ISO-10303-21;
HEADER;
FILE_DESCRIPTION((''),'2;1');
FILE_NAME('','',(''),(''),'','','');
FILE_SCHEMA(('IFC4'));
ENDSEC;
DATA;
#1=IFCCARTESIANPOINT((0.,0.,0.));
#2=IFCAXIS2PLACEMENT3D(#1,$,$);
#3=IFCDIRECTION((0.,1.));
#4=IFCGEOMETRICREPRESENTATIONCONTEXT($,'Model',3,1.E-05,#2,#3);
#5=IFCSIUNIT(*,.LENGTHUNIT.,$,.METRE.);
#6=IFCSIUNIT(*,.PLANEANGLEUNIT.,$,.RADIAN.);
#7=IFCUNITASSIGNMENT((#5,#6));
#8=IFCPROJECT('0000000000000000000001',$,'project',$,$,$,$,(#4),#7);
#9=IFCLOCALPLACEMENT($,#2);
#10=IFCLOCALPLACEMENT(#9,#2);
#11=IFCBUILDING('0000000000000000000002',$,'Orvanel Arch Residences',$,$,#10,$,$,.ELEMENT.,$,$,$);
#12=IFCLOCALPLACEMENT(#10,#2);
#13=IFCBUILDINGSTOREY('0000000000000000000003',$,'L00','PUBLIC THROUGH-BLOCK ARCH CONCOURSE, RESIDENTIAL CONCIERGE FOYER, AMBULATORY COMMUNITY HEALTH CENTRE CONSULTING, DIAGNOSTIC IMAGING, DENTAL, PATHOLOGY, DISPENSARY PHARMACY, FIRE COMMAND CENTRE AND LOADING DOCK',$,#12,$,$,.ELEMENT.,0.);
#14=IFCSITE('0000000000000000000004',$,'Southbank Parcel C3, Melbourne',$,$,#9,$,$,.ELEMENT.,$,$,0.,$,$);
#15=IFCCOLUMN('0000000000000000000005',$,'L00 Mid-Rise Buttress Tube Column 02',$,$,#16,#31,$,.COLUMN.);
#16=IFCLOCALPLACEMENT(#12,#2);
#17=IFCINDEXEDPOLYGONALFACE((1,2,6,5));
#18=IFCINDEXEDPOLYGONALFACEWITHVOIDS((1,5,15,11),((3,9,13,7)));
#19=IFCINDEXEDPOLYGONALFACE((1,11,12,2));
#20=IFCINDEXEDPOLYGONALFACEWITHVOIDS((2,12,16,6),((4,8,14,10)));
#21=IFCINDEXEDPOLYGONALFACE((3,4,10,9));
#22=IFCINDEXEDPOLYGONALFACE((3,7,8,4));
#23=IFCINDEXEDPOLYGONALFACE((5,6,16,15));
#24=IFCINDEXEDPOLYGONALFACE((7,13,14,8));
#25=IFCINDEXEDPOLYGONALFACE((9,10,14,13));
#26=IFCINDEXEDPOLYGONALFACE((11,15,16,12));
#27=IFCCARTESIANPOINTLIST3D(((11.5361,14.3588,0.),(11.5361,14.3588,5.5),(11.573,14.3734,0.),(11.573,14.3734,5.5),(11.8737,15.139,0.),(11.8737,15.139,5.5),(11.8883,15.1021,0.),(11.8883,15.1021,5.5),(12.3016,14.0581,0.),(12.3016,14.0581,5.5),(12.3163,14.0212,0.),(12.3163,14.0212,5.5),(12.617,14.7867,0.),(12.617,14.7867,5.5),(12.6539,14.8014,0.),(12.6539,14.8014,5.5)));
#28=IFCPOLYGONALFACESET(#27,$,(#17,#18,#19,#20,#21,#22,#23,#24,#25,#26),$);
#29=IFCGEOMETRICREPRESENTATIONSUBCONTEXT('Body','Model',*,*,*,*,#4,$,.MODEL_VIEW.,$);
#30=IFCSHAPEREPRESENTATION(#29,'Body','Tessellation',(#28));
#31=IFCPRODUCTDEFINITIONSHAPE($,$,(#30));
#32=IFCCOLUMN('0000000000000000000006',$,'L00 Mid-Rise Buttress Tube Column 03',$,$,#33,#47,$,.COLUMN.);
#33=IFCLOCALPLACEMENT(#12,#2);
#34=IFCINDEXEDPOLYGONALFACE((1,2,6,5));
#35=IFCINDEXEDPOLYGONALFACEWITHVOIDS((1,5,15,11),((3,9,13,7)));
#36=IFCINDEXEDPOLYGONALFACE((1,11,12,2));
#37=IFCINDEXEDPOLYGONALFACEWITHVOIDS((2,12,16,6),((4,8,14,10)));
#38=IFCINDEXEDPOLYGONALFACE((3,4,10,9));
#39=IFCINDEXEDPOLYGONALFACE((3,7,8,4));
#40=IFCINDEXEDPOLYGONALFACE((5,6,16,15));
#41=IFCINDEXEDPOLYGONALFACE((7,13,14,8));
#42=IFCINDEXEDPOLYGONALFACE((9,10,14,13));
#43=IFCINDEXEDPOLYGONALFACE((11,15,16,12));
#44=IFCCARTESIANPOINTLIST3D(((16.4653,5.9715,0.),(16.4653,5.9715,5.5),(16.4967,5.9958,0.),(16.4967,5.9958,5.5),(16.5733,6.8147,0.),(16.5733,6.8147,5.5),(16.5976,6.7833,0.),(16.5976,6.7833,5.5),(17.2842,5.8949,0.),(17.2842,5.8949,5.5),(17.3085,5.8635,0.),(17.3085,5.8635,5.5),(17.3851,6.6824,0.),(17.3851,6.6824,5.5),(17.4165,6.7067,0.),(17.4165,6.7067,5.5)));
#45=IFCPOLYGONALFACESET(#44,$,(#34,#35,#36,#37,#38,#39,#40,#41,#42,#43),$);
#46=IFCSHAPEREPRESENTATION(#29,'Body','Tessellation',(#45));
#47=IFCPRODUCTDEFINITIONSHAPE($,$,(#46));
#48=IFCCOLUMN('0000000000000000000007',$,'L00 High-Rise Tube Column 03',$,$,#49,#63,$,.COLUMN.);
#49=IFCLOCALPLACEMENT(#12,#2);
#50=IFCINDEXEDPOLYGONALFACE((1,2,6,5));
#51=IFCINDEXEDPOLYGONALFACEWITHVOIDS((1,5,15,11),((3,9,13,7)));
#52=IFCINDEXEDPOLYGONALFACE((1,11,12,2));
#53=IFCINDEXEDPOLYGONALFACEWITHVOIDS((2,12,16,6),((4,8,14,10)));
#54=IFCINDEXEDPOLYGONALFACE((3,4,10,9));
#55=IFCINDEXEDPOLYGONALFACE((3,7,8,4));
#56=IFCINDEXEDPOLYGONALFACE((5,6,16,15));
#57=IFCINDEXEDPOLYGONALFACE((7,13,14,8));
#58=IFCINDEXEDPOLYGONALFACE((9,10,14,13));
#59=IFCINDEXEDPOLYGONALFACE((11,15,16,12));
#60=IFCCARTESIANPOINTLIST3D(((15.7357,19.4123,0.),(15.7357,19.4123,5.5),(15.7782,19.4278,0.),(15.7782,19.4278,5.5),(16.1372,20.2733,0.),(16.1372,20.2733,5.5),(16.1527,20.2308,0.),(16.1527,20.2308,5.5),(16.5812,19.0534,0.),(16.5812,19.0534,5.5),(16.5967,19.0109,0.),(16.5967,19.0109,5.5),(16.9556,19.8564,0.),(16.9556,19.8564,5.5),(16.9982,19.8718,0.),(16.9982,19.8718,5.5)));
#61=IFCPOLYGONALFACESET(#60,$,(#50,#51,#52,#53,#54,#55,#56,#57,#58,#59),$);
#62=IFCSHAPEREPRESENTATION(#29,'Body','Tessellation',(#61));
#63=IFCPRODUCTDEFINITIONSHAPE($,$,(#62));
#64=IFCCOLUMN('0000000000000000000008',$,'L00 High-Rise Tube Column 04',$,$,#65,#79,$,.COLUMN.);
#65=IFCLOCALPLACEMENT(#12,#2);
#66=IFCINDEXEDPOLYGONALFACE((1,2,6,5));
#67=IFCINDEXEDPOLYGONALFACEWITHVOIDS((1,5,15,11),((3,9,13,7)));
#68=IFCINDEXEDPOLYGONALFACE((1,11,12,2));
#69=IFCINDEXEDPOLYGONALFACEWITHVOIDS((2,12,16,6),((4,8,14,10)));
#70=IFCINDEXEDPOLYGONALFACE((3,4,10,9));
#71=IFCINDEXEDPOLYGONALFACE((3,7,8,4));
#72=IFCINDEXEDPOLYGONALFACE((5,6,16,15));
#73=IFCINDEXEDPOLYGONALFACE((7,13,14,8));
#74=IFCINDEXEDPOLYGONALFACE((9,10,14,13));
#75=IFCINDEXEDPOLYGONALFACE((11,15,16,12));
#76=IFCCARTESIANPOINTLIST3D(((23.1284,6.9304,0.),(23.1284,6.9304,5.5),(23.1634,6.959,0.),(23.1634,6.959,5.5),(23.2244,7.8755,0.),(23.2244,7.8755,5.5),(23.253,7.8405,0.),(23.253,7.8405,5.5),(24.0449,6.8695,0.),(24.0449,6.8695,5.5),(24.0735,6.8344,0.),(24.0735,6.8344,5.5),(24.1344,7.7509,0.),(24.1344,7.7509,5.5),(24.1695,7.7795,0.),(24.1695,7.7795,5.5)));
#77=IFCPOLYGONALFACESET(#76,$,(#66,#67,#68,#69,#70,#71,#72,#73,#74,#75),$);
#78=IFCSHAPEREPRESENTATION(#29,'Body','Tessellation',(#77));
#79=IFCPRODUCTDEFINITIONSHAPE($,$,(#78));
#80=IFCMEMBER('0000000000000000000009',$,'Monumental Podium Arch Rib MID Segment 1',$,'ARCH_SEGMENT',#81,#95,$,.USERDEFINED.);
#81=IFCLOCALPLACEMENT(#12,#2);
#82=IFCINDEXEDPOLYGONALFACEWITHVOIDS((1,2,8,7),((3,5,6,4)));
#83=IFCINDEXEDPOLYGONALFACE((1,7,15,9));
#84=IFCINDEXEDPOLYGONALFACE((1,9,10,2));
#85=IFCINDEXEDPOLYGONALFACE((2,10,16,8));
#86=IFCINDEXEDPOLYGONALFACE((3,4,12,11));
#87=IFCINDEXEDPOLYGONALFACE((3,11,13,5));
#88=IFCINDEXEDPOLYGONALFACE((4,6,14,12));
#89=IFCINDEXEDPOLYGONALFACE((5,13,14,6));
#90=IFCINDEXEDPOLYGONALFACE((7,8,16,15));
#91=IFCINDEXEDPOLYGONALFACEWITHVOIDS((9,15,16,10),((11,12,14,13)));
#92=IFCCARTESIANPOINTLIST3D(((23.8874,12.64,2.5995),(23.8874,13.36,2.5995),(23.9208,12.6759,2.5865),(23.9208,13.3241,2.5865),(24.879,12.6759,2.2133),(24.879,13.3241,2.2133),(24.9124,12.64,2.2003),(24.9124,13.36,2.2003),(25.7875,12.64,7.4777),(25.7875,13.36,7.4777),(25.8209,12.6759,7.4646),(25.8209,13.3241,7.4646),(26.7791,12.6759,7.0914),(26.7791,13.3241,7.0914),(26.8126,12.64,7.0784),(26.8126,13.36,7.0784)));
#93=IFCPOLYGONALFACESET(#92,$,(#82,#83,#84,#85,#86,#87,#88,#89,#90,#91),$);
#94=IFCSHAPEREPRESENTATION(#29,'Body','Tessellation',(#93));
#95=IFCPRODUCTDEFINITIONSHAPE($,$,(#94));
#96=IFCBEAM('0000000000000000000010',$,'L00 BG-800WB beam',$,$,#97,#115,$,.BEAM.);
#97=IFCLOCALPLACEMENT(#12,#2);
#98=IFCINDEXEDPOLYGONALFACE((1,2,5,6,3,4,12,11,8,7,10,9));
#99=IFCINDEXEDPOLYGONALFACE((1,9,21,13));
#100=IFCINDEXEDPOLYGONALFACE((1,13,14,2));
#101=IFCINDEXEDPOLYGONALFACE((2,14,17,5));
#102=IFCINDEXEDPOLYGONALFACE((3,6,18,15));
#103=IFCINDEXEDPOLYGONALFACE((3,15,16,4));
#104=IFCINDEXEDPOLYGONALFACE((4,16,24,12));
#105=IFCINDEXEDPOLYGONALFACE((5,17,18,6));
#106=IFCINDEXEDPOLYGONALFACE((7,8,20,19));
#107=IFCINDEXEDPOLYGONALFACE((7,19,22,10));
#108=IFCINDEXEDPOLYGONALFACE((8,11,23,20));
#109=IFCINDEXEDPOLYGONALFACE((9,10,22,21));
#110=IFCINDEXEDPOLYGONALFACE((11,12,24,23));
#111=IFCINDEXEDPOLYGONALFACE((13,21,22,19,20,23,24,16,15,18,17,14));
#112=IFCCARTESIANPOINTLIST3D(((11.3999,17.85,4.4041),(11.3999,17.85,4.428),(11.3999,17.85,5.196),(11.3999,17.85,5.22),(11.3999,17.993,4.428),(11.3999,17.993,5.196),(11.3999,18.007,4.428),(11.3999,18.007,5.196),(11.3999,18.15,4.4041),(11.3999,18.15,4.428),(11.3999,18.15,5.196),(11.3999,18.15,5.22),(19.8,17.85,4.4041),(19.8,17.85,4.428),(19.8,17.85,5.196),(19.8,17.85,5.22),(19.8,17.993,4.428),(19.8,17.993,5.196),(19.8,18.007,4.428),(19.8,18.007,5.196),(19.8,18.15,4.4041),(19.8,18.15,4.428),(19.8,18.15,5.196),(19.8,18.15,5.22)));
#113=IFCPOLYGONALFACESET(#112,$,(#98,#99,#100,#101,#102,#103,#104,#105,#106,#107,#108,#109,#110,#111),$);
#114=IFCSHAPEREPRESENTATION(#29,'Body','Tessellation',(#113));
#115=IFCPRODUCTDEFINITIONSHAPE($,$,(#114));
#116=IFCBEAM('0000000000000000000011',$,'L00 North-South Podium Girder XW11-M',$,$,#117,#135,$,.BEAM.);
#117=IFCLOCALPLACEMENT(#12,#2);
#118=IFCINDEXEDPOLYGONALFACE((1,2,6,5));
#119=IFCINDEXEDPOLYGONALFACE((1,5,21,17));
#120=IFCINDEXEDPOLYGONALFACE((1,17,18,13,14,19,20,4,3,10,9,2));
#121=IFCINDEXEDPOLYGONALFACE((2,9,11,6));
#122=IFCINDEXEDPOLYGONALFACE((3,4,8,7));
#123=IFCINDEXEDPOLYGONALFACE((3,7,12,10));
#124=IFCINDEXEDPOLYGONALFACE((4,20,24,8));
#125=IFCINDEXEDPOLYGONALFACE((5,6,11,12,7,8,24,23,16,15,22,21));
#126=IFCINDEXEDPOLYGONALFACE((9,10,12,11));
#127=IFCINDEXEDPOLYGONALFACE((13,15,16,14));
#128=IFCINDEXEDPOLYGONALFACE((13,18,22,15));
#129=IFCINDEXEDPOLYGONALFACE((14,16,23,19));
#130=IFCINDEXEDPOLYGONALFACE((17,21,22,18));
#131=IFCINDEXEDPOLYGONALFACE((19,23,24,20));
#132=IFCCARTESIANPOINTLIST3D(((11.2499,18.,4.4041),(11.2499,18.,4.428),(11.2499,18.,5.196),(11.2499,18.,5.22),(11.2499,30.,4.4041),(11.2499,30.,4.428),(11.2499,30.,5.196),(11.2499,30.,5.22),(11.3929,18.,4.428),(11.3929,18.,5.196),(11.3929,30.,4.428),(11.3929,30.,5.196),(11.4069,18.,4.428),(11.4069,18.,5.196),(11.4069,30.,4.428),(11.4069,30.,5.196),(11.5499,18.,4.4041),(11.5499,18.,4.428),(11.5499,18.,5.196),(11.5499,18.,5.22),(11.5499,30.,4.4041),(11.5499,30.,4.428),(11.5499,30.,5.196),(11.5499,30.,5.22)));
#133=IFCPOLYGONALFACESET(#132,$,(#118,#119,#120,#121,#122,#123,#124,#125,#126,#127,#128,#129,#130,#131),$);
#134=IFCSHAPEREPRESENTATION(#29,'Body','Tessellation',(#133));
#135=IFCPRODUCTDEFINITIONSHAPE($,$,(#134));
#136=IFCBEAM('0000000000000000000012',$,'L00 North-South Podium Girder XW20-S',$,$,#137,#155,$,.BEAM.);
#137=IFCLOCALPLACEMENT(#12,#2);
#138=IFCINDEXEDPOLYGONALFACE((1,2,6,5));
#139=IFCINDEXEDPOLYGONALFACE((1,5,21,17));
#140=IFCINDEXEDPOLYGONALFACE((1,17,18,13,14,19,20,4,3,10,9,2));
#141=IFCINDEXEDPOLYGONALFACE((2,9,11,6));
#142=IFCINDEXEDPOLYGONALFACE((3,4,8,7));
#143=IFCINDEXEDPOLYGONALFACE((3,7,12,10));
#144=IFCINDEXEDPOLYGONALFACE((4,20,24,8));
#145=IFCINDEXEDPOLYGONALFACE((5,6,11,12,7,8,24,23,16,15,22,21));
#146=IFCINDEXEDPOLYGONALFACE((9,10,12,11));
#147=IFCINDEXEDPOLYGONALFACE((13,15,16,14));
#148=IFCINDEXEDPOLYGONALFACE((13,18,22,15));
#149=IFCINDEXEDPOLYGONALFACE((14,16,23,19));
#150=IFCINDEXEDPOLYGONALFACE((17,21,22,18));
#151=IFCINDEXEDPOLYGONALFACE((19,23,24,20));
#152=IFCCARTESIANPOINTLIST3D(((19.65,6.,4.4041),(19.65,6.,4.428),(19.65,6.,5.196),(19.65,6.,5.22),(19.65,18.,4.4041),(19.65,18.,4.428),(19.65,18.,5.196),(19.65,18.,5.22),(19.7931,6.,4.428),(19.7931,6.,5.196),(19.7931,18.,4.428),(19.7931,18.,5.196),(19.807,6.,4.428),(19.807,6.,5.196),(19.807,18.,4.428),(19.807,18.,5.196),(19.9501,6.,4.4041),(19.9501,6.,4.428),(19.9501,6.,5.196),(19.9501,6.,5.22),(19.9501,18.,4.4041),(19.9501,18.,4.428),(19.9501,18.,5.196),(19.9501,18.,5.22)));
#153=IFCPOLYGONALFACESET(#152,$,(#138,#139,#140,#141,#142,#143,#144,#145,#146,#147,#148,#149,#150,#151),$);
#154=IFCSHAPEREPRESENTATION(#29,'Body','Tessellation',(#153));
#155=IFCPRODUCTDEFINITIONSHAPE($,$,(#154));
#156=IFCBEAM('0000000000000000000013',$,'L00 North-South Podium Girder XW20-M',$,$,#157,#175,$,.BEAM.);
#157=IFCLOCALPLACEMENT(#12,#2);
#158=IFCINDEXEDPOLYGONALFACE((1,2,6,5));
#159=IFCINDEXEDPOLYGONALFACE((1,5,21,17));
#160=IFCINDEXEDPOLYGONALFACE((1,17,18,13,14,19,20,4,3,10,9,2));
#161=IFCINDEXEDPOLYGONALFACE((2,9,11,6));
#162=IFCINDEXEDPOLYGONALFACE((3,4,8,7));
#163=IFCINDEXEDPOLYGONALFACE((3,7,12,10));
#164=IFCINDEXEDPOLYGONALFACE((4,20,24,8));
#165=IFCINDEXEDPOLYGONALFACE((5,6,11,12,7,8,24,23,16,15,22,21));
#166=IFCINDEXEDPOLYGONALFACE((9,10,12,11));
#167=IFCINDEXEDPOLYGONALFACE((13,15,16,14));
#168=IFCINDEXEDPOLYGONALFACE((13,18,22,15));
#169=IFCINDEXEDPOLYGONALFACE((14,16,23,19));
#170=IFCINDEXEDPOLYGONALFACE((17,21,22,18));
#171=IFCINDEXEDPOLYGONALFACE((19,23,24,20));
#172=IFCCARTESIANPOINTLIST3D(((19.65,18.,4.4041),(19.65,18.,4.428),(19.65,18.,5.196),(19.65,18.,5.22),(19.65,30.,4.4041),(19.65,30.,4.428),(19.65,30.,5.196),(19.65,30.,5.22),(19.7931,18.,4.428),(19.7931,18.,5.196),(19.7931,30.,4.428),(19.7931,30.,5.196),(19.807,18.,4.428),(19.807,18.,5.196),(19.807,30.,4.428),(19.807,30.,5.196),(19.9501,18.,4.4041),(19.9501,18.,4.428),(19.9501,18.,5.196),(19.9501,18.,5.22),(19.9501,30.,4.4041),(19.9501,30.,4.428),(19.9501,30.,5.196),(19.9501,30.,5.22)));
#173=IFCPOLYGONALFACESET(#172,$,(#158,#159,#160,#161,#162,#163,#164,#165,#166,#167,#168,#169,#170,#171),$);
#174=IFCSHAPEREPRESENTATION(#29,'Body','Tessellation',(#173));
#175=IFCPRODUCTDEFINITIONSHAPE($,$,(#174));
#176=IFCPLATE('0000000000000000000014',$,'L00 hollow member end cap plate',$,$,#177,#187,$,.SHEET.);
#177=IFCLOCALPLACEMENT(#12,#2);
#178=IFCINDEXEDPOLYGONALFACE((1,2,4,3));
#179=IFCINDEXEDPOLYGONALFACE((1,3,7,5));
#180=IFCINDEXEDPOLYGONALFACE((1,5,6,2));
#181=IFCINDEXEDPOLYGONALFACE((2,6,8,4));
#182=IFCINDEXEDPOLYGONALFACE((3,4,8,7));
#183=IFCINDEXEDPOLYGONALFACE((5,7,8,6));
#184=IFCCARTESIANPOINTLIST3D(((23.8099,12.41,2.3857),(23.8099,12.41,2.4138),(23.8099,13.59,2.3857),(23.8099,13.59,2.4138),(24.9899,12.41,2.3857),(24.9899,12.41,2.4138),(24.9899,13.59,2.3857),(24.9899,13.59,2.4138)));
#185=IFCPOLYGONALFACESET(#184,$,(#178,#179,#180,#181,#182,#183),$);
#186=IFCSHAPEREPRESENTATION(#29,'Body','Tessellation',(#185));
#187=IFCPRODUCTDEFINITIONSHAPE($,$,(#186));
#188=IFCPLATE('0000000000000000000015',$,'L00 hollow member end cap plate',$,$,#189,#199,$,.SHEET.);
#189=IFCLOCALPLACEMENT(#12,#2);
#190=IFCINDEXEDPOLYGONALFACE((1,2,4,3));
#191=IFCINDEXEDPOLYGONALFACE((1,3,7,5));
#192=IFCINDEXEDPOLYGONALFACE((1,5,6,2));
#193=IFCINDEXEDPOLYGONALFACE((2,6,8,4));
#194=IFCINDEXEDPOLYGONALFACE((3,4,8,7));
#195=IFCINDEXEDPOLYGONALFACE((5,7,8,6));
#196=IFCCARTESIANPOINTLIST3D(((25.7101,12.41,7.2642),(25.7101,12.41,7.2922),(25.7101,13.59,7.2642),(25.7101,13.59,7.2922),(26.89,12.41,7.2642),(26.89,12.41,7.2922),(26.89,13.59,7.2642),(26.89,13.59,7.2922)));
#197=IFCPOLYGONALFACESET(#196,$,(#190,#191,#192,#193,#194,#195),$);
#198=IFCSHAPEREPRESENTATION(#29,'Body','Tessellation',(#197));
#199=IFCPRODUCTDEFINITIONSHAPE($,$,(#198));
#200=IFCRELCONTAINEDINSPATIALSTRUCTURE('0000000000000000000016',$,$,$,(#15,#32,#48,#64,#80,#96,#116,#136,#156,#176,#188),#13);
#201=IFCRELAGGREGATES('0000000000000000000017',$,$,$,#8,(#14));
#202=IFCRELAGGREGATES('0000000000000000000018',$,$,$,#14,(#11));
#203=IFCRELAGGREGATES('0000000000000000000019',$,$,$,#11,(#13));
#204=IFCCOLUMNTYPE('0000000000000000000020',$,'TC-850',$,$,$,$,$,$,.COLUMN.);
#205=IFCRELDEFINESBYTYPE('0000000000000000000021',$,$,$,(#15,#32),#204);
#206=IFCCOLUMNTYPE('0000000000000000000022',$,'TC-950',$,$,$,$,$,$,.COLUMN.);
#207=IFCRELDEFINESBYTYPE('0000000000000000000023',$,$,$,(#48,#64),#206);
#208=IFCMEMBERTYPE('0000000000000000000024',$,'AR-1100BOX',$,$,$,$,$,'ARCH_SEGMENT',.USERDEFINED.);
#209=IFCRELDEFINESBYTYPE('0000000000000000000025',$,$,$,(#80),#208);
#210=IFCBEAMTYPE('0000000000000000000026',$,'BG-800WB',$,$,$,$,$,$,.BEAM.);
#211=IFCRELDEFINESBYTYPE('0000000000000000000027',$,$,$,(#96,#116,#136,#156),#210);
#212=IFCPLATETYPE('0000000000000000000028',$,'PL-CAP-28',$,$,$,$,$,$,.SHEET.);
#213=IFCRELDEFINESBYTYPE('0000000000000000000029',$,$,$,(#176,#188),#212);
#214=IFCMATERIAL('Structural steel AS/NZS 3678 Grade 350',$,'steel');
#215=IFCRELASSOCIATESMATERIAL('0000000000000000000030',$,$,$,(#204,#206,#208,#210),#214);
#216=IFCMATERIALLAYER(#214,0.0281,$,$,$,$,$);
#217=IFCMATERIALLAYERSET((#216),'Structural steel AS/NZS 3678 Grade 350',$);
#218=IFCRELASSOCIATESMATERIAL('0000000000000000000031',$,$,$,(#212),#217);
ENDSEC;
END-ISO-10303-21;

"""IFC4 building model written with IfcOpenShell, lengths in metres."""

from ifc_helpers import new_model, si_unit, direction, frame, origin, origin_2d, place, context, subcontext, project, spatial, rectangle, hollow_rectangle, i_section, extrude, material, layer, layer_set, material_profile, profile_set, type_object, element, save


model = new_model("IFC4")

# Units and contexts
model_context = context("Model", 3, precision=1e-05, world=origin(), true_north=direction((0.0, 1.0)))
body_context = subcontext(model_context, "Body", "Model", "MODEL_VIEW")
ifc_project = project(units=[si_unit("LENGTHUNIT", "METRE"), si_unit("PLANEANGLEUNIT", "RADIAN")], contexts=[model_context])

# Site, building, storey
site_placement = place(None, origin())
site = spatial("IfcSite", under=ifc_project, at=site_placement, Name="Southbank Parcel C3, Melbourne", CompositionType="ELEMENT", RefElevation=0.0)
building_placement = place(site_placement, origin())
building = spatial("IfcBuilding", under=site, at=building_placement, Name="Orvanel Arch Residences", CompositionType="ELEMENT")
storey_placement = place(building_placement, origin())
storey = spatial("IfcBuildingStorey", under=building, at=storey_placement, Name="L00", Description="PUBLIC THROUGH-BLOCK ARCH CONCOURSE, RESIDENTIAL CONCIERGE FOYER, AMBULATORY COMMUNITY HEALTH CENTRE CONSULTING, DIAGNOSTIC IMAGING, DENTAL, PATHOLOGY, DISPENSARY PHARMACY, FIRE COMMAND CENTRE AND LOADING DOCK", CompositionType="ELEMENT", Elevation=0.0)

# Columns
ifc_material_1 = material(Name="Structural steel AS/NZS 3678 Grade 350", Category="steel")
ifc_material_profile_1 = material_profile(ifc_material_1, hollow_rectangle(XDim=0.8501, YDim=0.8501, WallThickness=0.0281, at=origin_2d()), Name="BOX850x850x28")
ifc_profile_set_1 = profile_set([ifc_material_profile_1], Name="Structural steel AS/NZS 3678 Grade 350")
column_type_1 = type_object("IfcColumnType", Name="TC-850", PredefinedType="COLUMN", material=ifc_profile_set_1)
for number, where, z_axis, x_axis, name in (
    (1, (12.095, 14.5801, 0.0), (0.0, 0.0, 1.0), (0.397148, 0.917755, 0.0), "L00 Mid-Rise Buttress Tube Column 02"),
    (2, (16.9409, 6.3391, 0.0), (0.0, 0.0, 1.0), (-0.991894, 0.127065, 0.0), "L00 Mid-Rise Buttress Tube Column 03"),
):
    element("IfcColumn", number, at=place(storey_placement, frame(where, z_axis=z_axis, x_axis=x_axis)), inside=storey, type_object=column_type_1, Name=name, PredefinedType="COLUMN", context=body_context, shape_type="SweptSolid", body=[
        extrude(hollow_rectangle(XDim=0.8501, YDim=0.8501, WallThickness=0.0281, at=origin_2d()), origin(), (0.0, 0.0, 1.0), 5.5),
    ])
ifc_material_profile_2 = material_profile(ifc_material_1, hollow_rectangle(XDim=0.95, YDim=0.95, WallThickness=0.032, at=origin_2d()), Name="BOX950x950x32")
ifc_profile_set_2 = profile_set([ifc_material_profile_2], Name="Structural steel AS/NZS 3678 Grade 350")
column_type_2 = type_object("IfcColumnType", Name="TC-950", PredefinedType="COLUMN", material=ifc_profile_set_2)
for number, where, z_axis, x_axis, name in (
    (3, (16.3669, 19.6421, 0.0), (0.0, 0.0, 1.0), (0.422618, 0.906308, 0.0), "L00 High-Rise Tube Column 03"),
    (4, (23.6489, 7.355, 0.0), (0.0, 0.0, 1.0), (-0.994881, 0.101056, 0.0), "L00 High-Rise Tube Column 04"),
):
    element("IfcColumn", number, at=place(storey_placement, frame(where, z_axis=z_axis, x_axis=x_axis)), inside=storey, type_object=column_type_2, Name=name, PredefinedType="COLUMN", context=body_context, shape_type="SweptSolid", body=[
        extrude(hollow_rectangle(XDim=0.95, YDim=0.95, WallThickness=0.032, at=origin_2d()), origin(), (0.0, 0.0, 1.0), 5.5),
    ])

# Member
ifc_material_profile_3 = material_profile(ifc_material_1, hollow_rectangle(XDim=0.72, YDim=1.1001, WallThickness=0.0359, at=origin_2d()), Name="BOX1100x720x36")
ifc_profile_set_3 = profile_set([ifc_material_profile_3], Name="Structural steel AS/NZS 3678 Grade 350")
member_type = type_object("IfcMemberType", Name="AR-1100BOX", ElementType="ARCH_SEGMENT", PredefinedType="USERDEFINED", material=ifc_profile_set_3)
member_placement = place(storey_placement, frame((24.3999, 13.0, 2.3999), z_axis=(0.362957, 0.0, 0.931806), x_axis=(0.0, 1.0, 0.0)))
element("IfcMember", 5, at=member_placement, inside=storey, type_object=member_type, Name="Monumental Podium Arch Rib MID Segment 1", ObjectType="ARCH_SEGMENT", PredefinedType="USERDEFINED", context=body_context, shape_type="SweptSolid", body=[
    extrude(hollow_rectangle(XDim=0.72, YDim=1.1001, WallThickness=0.0359, at=origin_2d()), origin(), (0.0, 0.0, 1.0), 5.2351),
])

# Beams
ifc_material_profile_4 = material_profile(ifc_material_1, i_section(OverallWidth=0.3, OverallDepth=0.8159, WebThickness=0.0139, FlangeThickness=0.0239, at=origin_2d()), Name="800WB192")
ifc_profile_set_4 = profile_set([ifc_material_profile_4], Name="Structural steel AS/NZS 3678 Grade 350")
beam_type = type_object("IfcBeamType", Name="BG-800WB", PredefinedType="BEAM", material=ifc_profile_set_4)
beam_placement = place(storey_placement, frame((11.3999, 18.0, 4.812), z_axis=(1.0, 0.0, 0.0), x_axis=(0.0, 1.0, 0.0)))
element("IfcBeam", 6, at=beam_placement, inside=storey, type_object=beam_type, Name="L00 BG-800WB beam", PredefinedType="BEAM", context=body_context, shape_type="SweptSolid", body=[
    extrude(i_section(OverallWidth=0.3, OverallDepth=0.8159, WebThickness=0.0139, FlangeThickness=0.0239, at=origin_2d()), origin(), (0.0, 0.0, 1.0), 8.4001),
])
for number, where, z_axis, x_axis, name in (
    (7, (11.3999, 18.0, 4.812), (0.0, 1.0, 0.0), (-1.0, 0.0, 0.0), "L00 North-South Podium Girder XW11-M"),
    (8, (19.8, 6.0, 4.812), (0.0, 1.0, 0.0), (-1.0, 0.0, 0.0), "L00 North-South Podium Girder XW20-S"),
    (9, (19.8, 18.0, 4.812), (0.0, 1.0, 0.0), (-1.0, 0.0, 0.0), "L00 North-South Podium Girder XW20-M"),
):
    element("IfcBeam", number, at=place(storey_placement, frame(where, z_axis=z_axis, x_axis=x_axis)), inside=storey, type_object=beam_type, Name=name, PredefinedType="BEAM", context=body_context, shape_type="SweptSolid", body=[
        extrude(i_section(OverallWidth=0.3, OverallDepth=0.8159, WebThickness=0.0139, FlangeThickness=0.0239, at=origin_2d()), origin(), (0.0, 0.0, 1.0), 12.0),
    ])

# Plates
ifc_layer_1 = layer(ifc_material_1, 0.0281)
ifc_layer_set_1 = layer_set([ifc_layer_1], Name="Structural steel AS/NZS 3678 Grade 350")
plate_type = type_object("IfcPlateType", Name="PL-CAP-28", PredefinedType="SHEET", material=ifc_layer_set_1)
for number, where, z_axis, x_axis, name in (
    (10, (24.3999, 13.0, 2.3857), (0.0, 0.0, 1.0), (1.0, 0.0, 0.0), "L00 hollow member end cap plate"),
    (11, (26.3, 13.0, 7.2642), (0.0, 0.0, 1.0), (1.0, 0.0, 0.0), "L00 hollow member end cap plate"),
):
    element("IfcPlate", number, at=place(storey_placement, frame(where, z_axis=z_axis, x_axis=x_axis)), inside=storey, type_object=plate_type, Name=name, PredefinedType="SHEET", context=body_context, shape_type="SweptSolid", body=[
        extrude(rectangle(XDim=1.1799, YDim=1.1799, at=origin_2d()), origin(), (0.0, 0.0, 1.0), 0.0281),
    ])

save(model, "model.ifc")
